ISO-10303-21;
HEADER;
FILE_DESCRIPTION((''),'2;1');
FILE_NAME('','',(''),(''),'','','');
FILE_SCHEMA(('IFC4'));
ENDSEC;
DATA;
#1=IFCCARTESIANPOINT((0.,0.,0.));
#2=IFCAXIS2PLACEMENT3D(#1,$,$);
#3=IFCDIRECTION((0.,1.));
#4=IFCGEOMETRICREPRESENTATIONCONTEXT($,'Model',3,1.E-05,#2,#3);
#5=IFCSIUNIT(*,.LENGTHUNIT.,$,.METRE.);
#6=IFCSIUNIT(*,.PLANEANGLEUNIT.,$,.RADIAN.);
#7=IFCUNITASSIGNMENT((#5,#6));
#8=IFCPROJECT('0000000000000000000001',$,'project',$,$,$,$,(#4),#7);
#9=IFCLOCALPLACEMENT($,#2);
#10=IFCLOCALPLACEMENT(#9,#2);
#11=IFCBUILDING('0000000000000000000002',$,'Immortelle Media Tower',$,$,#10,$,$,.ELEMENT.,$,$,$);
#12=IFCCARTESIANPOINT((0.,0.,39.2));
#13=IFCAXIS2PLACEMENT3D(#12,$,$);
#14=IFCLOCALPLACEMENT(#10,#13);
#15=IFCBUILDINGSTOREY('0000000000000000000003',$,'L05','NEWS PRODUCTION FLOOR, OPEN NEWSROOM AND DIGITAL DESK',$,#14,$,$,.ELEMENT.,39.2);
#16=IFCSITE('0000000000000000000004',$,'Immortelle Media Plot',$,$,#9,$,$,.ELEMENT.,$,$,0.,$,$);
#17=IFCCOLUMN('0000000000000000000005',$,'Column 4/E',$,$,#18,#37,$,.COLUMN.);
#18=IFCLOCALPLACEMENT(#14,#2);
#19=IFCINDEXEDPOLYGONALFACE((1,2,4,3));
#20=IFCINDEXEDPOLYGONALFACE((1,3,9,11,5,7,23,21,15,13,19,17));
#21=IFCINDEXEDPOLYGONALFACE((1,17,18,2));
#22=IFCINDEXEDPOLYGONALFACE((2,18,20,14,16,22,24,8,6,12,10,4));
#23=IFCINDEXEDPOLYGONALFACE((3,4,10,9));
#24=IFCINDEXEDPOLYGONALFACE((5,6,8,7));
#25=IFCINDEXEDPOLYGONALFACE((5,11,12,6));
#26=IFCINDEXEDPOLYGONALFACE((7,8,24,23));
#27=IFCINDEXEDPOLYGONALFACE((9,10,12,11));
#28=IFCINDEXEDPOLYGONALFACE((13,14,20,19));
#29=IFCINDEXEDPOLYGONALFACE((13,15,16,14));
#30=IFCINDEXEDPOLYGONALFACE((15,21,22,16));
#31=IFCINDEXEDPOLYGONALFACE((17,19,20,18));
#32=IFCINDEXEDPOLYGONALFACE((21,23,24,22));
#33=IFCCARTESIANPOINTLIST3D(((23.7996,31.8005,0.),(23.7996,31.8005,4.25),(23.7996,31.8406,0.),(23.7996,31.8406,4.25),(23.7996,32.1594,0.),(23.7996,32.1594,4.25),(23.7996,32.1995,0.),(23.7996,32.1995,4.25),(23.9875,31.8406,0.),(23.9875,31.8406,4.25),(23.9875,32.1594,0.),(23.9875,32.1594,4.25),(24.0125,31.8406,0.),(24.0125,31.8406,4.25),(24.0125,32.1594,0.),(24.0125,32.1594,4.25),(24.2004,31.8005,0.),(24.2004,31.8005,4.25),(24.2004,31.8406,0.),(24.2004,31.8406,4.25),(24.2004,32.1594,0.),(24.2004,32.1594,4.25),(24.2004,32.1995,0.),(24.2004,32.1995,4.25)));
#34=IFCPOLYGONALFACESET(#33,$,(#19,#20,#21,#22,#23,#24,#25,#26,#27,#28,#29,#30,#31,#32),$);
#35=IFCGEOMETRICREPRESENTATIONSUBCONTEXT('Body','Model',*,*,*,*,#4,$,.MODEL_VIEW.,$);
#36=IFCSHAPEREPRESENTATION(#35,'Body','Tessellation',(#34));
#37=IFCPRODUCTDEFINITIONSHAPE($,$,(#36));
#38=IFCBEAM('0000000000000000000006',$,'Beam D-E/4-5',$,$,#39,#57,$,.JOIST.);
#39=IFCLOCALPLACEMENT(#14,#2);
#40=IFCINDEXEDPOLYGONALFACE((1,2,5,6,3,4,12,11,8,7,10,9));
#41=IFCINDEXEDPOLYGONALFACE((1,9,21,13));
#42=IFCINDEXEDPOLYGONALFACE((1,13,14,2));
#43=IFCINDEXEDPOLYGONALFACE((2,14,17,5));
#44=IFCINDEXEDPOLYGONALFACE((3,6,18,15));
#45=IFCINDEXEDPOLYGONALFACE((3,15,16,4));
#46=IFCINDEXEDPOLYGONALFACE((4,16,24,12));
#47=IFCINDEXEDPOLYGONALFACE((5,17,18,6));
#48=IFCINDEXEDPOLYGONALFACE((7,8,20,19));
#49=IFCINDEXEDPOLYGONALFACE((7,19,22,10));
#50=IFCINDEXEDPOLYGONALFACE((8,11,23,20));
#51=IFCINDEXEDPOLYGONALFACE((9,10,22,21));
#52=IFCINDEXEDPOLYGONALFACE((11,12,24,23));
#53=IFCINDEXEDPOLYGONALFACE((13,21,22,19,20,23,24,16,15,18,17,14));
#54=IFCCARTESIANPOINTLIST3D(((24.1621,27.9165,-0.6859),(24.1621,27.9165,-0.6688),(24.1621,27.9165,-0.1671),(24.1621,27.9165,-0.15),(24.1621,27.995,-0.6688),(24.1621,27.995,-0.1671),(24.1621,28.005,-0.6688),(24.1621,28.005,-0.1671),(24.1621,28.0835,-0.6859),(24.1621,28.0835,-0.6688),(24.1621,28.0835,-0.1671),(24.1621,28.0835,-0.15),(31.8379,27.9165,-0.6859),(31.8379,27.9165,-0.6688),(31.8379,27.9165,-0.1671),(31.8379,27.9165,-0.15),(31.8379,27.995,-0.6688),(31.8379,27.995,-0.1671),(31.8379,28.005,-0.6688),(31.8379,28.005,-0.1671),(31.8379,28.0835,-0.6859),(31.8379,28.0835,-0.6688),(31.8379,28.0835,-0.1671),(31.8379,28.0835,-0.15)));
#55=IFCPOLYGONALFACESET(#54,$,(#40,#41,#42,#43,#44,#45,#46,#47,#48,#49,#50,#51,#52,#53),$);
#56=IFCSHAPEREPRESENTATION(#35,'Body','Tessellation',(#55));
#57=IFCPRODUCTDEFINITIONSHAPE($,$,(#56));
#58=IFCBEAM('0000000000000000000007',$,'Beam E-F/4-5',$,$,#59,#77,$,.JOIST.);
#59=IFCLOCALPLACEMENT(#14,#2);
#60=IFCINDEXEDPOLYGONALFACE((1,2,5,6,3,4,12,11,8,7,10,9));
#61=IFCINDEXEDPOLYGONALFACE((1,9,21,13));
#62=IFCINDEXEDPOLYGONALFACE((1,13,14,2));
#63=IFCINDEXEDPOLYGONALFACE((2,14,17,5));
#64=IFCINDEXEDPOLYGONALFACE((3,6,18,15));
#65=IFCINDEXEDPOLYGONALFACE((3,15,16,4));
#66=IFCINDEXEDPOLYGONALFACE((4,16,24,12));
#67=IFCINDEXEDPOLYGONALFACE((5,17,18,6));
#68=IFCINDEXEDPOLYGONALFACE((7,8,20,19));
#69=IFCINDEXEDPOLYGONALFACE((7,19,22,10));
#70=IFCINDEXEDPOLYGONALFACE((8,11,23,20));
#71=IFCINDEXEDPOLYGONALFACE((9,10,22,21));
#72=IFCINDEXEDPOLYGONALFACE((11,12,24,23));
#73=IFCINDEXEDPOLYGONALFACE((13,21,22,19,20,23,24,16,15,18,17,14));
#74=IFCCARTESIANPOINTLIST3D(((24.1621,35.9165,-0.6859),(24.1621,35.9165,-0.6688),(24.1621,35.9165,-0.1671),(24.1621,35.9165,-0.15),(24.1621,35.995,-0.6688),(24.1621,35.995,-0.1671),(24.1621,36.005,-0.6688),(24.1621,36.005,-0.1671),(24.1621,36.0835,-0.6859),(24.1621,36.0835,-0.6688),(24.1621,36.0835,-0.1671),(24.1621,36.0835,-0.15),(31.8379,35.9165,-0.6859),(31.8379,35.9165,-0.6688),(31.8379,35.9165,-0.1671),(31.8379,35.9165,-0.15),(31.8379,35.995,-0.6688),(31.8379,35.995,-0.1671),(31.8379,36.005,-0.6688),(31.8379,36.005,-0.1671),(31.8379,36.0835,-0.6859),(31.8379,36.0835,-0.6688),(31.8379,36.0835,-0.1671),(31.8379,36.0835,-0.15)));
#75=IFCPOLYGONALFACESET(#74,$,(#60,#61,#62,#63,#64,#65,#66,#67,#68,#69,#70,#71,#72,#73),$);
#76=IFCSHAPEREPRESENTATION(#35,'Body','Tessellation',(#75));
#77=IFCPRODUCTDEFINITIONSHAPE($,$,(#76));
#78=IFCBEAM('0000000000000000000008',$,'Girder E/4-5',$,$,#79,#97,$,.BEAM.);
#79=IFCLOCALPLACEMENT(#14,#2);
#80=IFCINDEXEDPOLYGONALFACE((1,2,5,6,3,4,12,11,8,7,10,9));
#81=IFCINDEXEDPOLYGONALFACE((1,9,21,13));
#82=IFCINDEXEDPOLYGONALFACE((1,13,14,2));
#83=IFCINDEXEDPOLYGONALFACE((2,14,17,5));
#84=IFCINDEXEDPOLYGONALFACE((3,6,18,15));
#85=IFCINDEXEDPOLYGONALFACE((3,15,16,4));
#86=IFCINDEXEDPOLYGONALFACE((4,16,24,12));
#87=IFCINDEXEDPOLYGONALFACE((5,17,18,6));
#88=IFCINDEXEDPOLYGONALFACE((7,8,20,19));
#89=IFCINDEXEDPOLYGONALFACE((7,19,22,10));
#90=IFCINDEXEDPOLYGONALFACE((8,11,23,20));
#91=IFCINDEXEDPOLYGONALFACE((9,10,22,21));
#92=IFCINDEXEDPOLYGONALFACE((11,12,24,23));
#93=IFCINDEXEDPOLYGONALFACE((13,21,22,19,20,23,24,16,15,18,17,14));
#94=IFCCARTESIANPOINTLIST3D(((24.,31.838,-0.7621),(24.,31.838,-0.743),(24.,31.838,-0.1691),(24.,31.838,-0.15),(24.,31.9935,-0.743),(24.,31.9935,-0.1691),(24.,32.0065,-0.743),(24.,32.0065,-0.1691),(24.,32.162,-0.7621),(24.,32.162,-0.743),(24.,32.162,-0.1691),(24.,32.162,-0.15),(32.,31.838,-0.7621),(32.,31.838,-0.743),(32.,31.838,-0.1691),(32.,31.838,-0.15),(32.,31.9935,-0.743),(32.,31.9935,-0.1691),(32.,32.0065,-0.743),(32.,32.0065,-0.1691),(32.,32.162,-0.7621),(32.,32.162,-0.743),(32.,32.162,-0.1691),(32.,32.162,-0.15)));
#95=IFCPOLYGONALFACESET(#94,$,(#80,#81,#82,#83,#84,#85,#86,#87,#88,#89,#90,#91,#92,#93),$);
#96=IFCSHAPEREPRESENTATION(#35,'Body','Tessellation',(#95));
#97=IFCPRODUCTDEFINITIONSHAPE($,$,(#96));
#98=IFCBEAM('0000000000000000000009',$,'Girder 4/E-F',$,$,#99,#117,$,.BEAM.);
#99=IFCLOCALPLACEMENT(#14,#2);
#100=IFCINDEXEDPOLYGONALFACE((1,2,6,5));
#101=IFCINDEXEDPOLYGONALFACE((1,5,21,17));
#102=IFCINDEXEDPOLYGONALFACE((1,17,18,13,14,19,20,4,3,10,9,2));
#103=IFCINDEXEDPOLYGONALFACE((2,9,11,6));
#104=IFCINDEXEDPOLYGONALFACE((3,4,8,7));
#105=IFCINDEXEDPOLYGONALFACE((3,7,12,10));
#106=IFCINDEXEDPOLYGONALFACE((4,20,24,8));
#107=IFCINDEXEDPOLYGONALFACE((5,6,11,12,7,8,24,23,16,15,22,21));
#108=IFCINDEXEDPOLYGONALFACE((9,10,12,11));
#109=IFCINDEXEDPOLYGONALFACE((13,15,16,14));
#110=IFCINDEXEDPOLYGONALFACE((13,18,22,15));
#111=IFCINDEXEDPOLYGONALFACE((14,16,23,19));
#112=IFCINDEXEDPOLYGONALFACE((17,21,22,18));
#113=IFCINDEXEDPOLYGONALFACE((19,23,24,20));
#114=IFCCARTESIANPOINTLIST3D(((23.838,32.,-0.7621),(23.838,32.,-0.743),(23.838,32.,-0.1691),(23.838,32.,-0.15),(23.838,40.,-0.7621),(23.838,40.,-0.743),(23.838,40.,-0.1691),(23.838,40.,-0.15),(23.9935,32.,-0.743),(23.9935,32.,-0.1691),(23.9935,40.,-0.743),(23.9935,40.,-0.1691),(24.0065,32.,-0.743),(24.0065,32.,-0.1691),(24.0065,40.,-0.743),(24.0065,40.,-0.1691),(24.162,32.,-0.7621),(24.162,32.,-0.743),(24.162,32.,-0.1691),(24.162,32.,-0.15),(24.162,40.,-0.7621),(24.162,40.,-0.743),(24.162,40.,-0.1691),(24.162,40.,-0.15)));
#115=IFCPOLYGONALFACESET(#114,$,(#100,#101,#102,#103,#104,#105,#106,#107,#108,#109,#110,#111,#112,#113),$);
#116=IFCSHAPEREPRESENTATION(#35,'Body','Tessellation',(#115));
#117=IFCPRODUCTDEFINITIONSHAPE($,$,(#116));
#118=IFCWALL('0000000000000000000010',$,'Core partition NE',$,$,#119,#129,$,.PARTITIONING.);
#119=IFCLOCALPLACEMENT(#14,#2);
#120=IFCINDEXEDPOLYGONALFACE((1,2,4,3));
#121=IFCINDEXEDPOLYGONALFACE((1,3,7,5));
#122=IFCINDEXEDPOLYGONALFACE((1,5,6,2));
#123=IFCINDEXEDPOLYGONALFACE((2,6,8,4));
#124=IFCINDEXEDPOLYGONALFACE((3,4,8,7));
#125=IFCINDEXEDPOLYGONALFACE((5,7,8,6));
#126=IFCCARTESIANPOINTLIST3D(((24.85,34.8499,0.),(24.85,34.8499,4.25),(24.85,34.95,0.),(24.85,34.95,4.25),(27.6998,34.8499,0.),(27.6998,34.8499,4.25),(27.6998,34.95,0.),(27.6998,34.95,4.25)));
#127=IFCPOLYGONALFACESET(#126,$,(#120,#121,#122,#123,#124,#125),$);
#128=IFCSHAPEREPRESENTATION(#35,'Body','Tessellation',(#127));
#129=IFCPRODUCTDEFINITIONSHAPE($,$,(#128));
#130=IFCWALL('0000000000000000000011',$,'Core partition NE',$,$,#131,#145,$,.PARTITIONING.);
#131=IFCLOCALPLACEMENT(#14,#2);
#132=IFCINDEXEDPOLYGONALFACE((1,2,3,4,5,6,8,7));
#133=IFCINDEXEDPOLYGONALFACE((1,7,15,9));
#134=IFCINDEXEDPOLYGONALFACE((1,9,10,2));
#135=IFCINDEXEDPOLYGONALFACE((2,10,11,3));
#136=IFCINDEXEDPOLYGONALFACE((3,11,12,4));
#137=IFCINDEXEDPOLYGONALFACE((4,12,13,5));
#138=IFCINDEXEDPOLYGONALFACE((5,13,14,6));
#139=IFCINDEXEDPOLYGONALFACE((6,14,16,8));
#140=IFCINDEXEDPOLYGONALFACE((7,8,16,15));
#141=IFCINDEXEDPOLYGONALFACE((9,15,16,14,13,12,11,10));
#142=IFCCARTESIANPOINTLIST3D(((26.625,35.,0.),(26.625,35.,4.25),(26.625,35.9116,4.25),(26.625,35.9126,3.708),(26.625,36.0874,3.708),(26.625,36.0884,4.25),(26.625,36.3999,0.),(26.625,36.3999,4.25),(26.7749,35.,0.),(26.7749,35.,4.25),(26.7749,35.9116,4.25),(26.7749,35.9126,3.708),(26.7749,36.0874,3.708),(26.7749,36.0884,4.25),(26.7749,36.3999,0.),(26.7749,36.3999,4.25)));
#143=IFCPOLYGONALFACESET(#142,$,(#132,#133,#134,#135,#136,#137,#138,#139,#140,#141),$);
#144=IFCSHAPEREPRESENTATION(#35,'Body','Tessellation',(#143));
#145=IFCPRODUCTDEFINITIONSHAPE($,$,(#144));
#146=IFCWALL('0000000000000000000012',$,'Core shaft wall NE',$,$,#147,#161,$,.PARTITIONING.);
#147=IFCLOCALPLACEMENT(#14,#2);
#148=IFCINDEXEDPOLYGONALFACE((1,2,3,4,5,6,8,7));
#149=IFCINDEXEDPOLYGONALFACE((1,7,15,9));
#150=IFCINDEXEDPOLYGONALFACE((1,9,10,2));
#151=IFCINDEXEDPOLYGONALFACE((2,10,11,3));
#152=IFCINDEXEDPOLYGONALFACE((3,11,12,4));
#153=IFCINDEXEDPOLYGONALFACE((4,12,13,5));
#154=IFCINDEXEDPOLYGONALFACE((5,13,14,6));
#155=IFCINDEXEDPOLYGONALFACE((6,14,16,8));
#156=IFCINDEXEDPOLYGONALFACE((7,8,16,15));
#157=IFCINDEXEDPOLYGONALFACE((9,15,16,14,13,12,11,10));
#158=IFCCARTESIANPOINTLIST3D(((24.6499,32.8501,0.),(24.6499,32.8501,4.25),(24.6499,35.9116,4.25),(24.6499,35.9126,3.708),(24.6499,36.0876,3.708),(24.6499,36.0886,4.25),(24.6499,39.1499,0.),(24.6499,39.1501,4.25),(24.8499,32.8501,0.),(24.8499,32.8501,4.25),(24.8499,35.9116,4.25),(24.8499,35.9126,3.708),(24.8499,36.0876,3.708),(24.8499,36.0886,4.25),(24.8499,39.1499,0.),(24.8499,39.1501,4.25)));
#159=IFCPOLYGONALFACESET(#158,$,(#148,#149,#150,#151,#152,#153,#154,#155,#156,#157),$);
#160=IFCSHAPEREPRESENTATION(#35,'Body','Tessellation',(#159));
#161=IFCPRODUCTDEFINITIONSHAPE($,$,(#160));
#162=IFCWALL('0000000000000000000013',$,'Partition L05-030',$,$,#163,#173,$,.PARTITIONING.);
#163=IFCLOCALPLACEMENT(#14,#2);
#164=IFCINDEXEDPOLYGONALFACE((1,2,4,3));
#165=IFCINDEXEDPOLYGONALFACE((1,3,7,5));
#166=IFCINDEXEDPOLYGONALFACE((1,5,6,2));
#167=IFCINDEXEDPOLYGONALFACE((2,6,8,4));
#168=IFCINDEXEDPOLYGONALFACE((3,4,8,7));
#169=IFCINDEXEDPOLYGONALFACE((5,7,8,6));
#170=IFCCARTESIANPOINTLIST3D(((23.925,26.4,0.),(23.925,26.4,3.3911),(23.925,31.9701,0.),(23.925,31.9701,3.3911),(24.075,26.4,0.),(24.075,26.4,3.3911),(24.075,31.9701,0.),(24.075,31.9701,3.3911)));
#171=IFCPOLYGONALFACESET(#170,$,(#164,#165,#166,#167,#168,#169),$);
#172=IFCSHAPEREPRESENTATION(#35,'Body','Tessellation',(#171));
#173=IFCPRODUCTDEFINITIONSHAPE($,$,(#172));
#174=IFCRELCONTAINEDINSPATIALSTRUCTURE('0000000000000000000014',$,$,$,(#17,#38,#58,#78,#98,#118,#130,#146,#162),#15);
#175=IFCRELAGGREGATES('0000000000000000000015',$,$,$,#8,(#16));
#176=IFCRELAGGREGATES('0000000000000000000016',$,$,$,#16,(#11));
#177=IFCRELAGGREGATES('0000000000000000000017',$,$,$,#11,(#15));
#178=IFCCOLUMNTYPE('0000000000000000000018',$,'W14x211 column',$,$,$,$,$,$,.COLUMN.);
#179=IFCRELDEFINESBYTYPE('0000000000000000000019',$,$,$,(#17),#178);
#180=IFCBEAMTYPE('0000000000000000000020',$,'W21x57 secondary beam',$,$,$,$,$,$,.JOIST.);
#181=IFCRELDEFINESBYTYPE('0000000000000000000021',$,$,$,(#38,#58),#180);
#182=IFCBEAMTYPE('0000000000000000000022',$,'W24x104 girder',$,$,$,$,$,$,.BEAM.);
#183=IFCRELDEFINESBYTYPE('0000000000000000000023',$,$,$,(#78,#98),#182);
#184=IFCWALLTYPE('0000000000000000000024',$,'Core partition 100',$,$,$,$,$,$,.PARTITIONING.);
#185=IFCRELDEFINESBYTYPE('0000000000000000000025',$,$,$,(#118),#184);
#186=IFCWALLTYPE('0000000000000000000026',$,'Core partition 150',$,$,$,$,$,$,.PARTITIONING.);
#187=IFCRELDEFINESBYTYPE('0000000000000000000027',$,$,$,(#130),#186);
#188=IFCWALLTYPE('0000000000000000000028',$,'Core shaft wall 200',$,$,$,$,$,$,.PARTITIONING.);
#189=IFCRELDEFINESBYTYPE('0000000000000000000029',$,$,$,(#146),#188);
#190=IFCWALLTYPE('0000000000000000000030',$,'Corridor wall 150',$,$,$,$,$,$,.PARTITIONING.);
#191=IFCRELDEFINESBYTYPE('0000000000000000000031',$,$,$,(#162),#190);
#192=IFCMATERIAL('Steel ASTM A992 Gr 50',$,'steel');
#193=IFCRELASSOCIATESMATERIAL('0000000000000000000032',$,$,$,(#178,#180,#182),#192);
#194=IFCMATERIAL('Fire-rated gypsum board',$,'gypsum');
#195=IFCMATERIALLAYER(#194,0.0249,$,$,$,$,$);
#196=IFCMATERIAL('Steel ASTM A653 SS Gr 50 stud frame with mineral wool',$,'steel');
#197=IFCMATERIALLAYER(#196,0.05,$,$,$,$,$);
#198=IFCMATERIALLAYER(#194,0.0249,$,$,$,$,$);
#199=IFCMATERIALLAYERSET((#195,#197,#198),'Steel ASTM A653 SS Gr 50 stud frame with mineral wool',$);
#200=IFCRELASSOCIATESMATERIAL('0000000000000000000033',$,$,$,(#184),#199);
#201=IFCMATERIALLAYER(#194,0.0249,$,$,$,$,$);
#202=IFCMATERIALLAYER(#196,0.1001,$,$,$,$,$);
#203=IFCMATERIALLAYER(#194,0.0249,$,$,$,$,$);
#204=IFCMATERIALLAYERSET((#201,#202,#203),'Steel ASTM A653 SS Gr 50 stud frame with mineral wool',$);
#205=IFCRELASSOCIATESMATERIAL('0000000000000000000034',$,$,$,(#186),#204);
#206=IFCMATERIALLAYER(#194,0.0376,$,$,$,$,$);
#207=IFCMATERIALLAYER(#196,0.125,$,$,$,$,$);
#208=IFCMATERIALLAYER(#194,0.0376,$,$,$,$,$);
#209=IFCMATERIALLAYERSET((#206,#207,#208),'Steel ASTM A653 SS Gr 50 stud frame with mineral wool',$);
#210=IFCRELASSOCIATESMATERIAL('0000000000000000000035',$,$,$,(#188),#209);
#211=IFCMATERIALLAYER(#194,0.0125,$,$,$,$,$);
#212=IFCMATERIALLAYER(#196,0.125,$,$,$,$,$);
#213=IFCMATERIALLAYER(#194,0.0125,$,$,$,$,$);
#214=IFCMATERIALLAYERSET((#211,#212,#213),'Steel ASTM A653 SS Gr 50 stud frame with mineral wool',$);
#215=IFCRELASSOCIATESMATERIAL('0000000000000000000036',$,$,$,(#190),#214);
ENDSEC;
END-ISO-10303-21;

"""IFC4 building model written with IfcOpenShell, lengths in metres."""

from ifc_helpers import new_model, si_unit, direction, frame, frame_2d, origin, origin_2d, place, context, subcontext, project, spatial, polyline, rectangle, i_section, outline, extrude, material, layer, layer_set, material_profile, profile_set, type_object, element, save


model = new_model("IFC4")

# Units and contexts
model_context = context("Model", 3, precision=1e-05, world=origin(), true_north=direction((0.0, 1.0)))
body_context = subcontext(model_context, "Body", "Model", "MODEL_VIEW")
ifc_project = project(units=[si_unit("LENGTHUNIT", "METRE"), si_unit("PLANEANGLEUNIT", "RADIAN")], contexts=[model_context])

# Site, building, storey
site_placement = place(None, origin())
site = spatial("IfcSite", under=ifc_project, at=site_placement, Name="Immortelle Media Plot", CompositionType="ELEMENT", RefElevation=0.0)
building_placement = place(site_placement, origin())
building = spatial("IfcBuilding", under=site, at=building_placement, Name="Immortelle Media Tower", CompositionType="ELEMENT")
storey_placement = place(building_placement, frame((0.0, 0.0, 39.2)))
storey = spatial("IfcBuildingStorey", under=building, at=storey_placement, Name="L05", Description="NEWS PRODUCTION FLOOR, OPEN NEWSROOM AND DIGITAL DESK", CompositionType="ELEMENT", Elevation=39.2)

# Column
ifc_material_1 = material(Name="Steel ASTM A992 Gr 50", Category="steel")
ifc_material_profile_1 = material_profile(ifc_material_1, i_section(OverallWidth=0.4009, OverallDepth=0.3989, WebThickness=0.0249, FlangeThickness=0.04, at=origin_2d()), Name="W14x211")
ifc_profile_set_1 = profile_set([ifc_material_profile_1], Name="Steel ASTM A992 Gr 50")
column_type = type_object("IfcColumnType", Name="W14x211 column", PredefinedType="COLUMN", material=ifc_profile_set_1)
column_placement = place(storey_placement, frame((24.0, 32.0, 0.0), z_axis=(0.0, 0.0, 1.0), x_axis=(1.0, 0.0, 0.0)))
element("IfcColumn", 1, at=column_placement, inside=storey, type_object=column_type, Name="Column 4/E", PredefinedType="COLUMN", context=body_context, shape_type="SweptSolid", body=[
    extrude(i_section(OverallWidth=0.4009, OverallDepth=0.3989, WebThickness=0.0249, FlangeThickness=0.04, at=origin_2d()), origin(), (0.0, 0.0, 1.0), 4.25),
])

# Beams
ifc_material_profile_2 = material_profile(ifc_material_1, i_section(OverallWidth=0.167, OverallDepth=0.5359, WebThickness=0.01, FlangeThickness=0.0171, at=origin_2d()), Name="W21x57")
ifc_profile_set_2 = profile_set([ifc_material_profile_2], Name="Steel ASTM A992 Gr 50")
beam_type_1 = type_object("IfcBeamType", Name="W21x57 secondary beam", PredefinedType="JOIST", material=ifc_profile_set_2)
for number, where, z_axis, x_axis, name in (
    (2, (24.1621, 28.0, -0.418), (1.0, 0.0, 0.0), (0.0, 1.0, 0.0), "Beam D-E/4-5"),
    (3, (24.1621, 36.0, -0.418), (1.0, 0.0, 0.0), (0.0, 1.0, 0.0), "Beam E-F/4-5"),
):
    element("IfcBeam", number, at=place(storey_placement, frame(where, z_axis=z_axis, x_axis=x_axis)), inside=storey, type_object=beam_type_1, Name=name, PredefinedType="JOIST", context=body_context, shape_type="SweptSolid", body=[
        extrude(i_section(OverallWidth=0.167, OverallDepth=0.5359, WebThickness=0.01, FlangeThickness=0.0171, at=origin_2d()), origin(), (0.0, 0.0, 1.0), 7.6758),
    ])
ifc_material_profile_3 = material_profile(ifc_material_1, i_section(OverallWidth=0.324, OverallDepth=0.6121, WebThickness=0.0129, FlangeThickness=0.019, at=origin_2d()), Name="W24x104")
ifc_profile_set_3 = profile_set([ifc_material_profile_3], Name="Steel ASTM A992 Gr 50")
beam_type_2 = type_object("IfcBeamType", Name="W24x104 girder", PredefinedType="BEAM", material=ifc_profile_set_3)
for number, where, z_axis, x_axis, name in (
    (4, (24.0, 32.0, -0.4561), (1.0, 0.0, 0.0), (0.0, 1.0, 0.0), "Girder E/4-5"),
    (5, (24.0, 32.0, -0.4561), (0.0, 1.0, 0.0), (-1.0, 0.0, 0.0), "Girder 4/E-F"),
):
    element("IfcBeam", number, at=place(storey_placement, frame(where, z_axis=z_axis, x_axis=x_axis)), inside=storey, type_object=beam_type_2, Name=name, PredefinedType="BEAM", context=body_context, shape_type="SweptSolid", body=[
        extrude(i_section(OverallWidth=0.324, OverallDepth=0.6121, WebThickness=0.0129, FlangeThickness=0.019, at=origin_2d()), origin(), (0.0, 0.0, 1.0), 8.0),
    ])

# Walls
ifc_material_2 = material(Name="Fire-rated gypsum board", Category="gypsum")
ifc_layer_1 = layer(ifc_material_2, 0.0249)
ifc_material_3 = material(Name="Steel ASTM A653 SS Gr 50 stud frame with mineral wool", Category="steel")
ifc_layer_2 = layer(ifc_material_3, 0.05)
ifc_layer_3 = layer(ifc_material_2, 0.0249)
ifc_layer_set_1 = layer_set([ifc_layer_1, ifc_layer_2, ifc_layer_3], Name="Steel ASTM A653 SS Gr 50 stud frame with mineral wool")
wall_type_1 = type_object("IfcWallType", Name="Core partition 100", PredefinedType="PARTITIONING", material=ifc_layer_set_1)
wall_1_placement = place(storey_placement, frame((24.8501, 34.8999, 0.0), z_axis=(0.0, 0.0, 1.0), x_axis=(1.0, 0.0, 0.0)))
element("IfcWall", 6, at=wall_1_placement, inside=storey, type_object=wall_type_1, Name="Core partition NE", PredefinedType="PARTITIONING", context=body_context, shape_type="SweptSolid", body=[
    extrude(rectangle(XDim=2.8499, YDim=0.1001, at=frame_2d((1.4248, 0.0))), origin(), (0.0, 0.0, 1.0), 4.25),
])
ifc_layer_4 = layer(ifc_material_2, 0.0249)
ifc_layer_5 = layer(ifc_material_3, 0.1001)
ifc_layer_6 = layer(ifc_material_2, 0.0249)
ifc_layer_set_2 = layer_set([ifc_layer_4, ifc_layer_5, ifc_layer_6], Name="Steel ASTM A653 SS Gr 50 stud frame with mineral wool")
wall_type_2 = type_object("IfcWallType", Name="Core partition 150", PredefinedType="PARTITIONING", material=ifc_layer_set_2)
wall_2_placement = place(storey_placement, frame((26.7, 35.0, 0.0), z_axis=(0.0, 0.0, 1.0), x_axis=(0.0, 1.0, 0.0)))
element("IfcWall", 7, at=wall_2_placement, inside=storey, type_object=wall_type_2, Name="Core partition NE", PredefinedType="PARTITIONING", context=body_context, shape_type="SweptSolid", body=[
    extrude(outline(polyline([(0.0, 0.0), (1.3999, 0.0), (1.3999, 4.25), (1.0884, 4.25), (1.0874, 3.708), (0.9126, 3.708), (0.9116, 4.25), (0.0, 4.25), (0.0, 0.0)])), frame((0.0, 0.075, 0.0), z_axis=(0.0, -1.0, 0.0), x_axis=(1.0, 0.0, 0.0)), (0.0, 0.0, 1.0), 0.1499),
])
ifc_layer_7 = layer(ifc_material_2, 0.0376)
ifc_layer_8 = layer(ifc_material_3, 0.125)
ifc_layer_9 = layer(ifc_material_2, 0.0376)
ifc_layer_set_3 = layer_set([ifc_layer_7, ifc_layer_8, ifc_layer_9], Name="Steel ASTM A653 SS Gr 50 stud frame with mineral wool")
wall_type_3 = type_object("IfcWallType", Name="Core shaft wall 200", PredefinedType="PARTITIONING", material=ifc_layer_set_3)
wall_3_placement = place(storey_placement, frame((24.75, 32.8501, 0.0), z_axis=(0.0, 0.0, 1.0), x_axis=(0.0, 1.0, 0.0)))
element("IfcWall", 8, at=wall_3_placement, inside=storey, type_object=wall_type_3, Name="Core shaft wall NE", PredefinedType="PARTITIONING", context=body_context, shape_type="SweptSolid", body=[
    extrude(outline(polyline([(0.0, 0.0), (6.2998, 0.0), (6.3, 4.25), (3.2385, 4.25), (3.2375, 3.708), (3.0625, 3.708), (3.0615, 4.25), (0.0, 4.25), (0.0, 0.0)])), frame((0.0, 0.1001, 0.0), z_axis=(0.0, -1.0, 0.0), x_axis=(1.0, 0.0, 0.0)), (0.0, 0.0, 1.0), 0.2),
])
ifc_layer_10 = layer(ifc_material_2, 0.0125)
ifc_layer_11 = layer(ifc_material_3, 0.125)
ifc_layer_12 = layer(ifc_material_2, 0.0125)
ifc_layer_set_4 = layer_set([ifc_layer_10, ifc_layer_11, ifc_layer_12], Name="Steel ASTM A653 SS Gr 50 stud frame with mineral wool")
wall_type_4 = type_object("IfcWallType", Name="Corridor wall 150", PredefinedType="PARTITIONING", material=ifc_layer_set_4)
wall_4_placement = place(storey_placement, frame((24.0, 26.3999, 0.0), z_axis=(0.0, 0.0, 1.0), x_axis=(0.0, 1.0, 0.0)))
element("IfcWall", 9, at=wall_4_placement, inside=storey, type_object=wall_type_4, Name="Partition L05-030", PredefinedType="PARTITIONING", context=body_context, shape_type="SweptSolid", body=[
    extrude(rectangle(XDim=5.5701, YDim=0.1499, at=frame_2d((2.7852, 0.0))), origin(), (0.0, 0.0, 1.0), 3.3911),
])

save(model, "model.ifc")
